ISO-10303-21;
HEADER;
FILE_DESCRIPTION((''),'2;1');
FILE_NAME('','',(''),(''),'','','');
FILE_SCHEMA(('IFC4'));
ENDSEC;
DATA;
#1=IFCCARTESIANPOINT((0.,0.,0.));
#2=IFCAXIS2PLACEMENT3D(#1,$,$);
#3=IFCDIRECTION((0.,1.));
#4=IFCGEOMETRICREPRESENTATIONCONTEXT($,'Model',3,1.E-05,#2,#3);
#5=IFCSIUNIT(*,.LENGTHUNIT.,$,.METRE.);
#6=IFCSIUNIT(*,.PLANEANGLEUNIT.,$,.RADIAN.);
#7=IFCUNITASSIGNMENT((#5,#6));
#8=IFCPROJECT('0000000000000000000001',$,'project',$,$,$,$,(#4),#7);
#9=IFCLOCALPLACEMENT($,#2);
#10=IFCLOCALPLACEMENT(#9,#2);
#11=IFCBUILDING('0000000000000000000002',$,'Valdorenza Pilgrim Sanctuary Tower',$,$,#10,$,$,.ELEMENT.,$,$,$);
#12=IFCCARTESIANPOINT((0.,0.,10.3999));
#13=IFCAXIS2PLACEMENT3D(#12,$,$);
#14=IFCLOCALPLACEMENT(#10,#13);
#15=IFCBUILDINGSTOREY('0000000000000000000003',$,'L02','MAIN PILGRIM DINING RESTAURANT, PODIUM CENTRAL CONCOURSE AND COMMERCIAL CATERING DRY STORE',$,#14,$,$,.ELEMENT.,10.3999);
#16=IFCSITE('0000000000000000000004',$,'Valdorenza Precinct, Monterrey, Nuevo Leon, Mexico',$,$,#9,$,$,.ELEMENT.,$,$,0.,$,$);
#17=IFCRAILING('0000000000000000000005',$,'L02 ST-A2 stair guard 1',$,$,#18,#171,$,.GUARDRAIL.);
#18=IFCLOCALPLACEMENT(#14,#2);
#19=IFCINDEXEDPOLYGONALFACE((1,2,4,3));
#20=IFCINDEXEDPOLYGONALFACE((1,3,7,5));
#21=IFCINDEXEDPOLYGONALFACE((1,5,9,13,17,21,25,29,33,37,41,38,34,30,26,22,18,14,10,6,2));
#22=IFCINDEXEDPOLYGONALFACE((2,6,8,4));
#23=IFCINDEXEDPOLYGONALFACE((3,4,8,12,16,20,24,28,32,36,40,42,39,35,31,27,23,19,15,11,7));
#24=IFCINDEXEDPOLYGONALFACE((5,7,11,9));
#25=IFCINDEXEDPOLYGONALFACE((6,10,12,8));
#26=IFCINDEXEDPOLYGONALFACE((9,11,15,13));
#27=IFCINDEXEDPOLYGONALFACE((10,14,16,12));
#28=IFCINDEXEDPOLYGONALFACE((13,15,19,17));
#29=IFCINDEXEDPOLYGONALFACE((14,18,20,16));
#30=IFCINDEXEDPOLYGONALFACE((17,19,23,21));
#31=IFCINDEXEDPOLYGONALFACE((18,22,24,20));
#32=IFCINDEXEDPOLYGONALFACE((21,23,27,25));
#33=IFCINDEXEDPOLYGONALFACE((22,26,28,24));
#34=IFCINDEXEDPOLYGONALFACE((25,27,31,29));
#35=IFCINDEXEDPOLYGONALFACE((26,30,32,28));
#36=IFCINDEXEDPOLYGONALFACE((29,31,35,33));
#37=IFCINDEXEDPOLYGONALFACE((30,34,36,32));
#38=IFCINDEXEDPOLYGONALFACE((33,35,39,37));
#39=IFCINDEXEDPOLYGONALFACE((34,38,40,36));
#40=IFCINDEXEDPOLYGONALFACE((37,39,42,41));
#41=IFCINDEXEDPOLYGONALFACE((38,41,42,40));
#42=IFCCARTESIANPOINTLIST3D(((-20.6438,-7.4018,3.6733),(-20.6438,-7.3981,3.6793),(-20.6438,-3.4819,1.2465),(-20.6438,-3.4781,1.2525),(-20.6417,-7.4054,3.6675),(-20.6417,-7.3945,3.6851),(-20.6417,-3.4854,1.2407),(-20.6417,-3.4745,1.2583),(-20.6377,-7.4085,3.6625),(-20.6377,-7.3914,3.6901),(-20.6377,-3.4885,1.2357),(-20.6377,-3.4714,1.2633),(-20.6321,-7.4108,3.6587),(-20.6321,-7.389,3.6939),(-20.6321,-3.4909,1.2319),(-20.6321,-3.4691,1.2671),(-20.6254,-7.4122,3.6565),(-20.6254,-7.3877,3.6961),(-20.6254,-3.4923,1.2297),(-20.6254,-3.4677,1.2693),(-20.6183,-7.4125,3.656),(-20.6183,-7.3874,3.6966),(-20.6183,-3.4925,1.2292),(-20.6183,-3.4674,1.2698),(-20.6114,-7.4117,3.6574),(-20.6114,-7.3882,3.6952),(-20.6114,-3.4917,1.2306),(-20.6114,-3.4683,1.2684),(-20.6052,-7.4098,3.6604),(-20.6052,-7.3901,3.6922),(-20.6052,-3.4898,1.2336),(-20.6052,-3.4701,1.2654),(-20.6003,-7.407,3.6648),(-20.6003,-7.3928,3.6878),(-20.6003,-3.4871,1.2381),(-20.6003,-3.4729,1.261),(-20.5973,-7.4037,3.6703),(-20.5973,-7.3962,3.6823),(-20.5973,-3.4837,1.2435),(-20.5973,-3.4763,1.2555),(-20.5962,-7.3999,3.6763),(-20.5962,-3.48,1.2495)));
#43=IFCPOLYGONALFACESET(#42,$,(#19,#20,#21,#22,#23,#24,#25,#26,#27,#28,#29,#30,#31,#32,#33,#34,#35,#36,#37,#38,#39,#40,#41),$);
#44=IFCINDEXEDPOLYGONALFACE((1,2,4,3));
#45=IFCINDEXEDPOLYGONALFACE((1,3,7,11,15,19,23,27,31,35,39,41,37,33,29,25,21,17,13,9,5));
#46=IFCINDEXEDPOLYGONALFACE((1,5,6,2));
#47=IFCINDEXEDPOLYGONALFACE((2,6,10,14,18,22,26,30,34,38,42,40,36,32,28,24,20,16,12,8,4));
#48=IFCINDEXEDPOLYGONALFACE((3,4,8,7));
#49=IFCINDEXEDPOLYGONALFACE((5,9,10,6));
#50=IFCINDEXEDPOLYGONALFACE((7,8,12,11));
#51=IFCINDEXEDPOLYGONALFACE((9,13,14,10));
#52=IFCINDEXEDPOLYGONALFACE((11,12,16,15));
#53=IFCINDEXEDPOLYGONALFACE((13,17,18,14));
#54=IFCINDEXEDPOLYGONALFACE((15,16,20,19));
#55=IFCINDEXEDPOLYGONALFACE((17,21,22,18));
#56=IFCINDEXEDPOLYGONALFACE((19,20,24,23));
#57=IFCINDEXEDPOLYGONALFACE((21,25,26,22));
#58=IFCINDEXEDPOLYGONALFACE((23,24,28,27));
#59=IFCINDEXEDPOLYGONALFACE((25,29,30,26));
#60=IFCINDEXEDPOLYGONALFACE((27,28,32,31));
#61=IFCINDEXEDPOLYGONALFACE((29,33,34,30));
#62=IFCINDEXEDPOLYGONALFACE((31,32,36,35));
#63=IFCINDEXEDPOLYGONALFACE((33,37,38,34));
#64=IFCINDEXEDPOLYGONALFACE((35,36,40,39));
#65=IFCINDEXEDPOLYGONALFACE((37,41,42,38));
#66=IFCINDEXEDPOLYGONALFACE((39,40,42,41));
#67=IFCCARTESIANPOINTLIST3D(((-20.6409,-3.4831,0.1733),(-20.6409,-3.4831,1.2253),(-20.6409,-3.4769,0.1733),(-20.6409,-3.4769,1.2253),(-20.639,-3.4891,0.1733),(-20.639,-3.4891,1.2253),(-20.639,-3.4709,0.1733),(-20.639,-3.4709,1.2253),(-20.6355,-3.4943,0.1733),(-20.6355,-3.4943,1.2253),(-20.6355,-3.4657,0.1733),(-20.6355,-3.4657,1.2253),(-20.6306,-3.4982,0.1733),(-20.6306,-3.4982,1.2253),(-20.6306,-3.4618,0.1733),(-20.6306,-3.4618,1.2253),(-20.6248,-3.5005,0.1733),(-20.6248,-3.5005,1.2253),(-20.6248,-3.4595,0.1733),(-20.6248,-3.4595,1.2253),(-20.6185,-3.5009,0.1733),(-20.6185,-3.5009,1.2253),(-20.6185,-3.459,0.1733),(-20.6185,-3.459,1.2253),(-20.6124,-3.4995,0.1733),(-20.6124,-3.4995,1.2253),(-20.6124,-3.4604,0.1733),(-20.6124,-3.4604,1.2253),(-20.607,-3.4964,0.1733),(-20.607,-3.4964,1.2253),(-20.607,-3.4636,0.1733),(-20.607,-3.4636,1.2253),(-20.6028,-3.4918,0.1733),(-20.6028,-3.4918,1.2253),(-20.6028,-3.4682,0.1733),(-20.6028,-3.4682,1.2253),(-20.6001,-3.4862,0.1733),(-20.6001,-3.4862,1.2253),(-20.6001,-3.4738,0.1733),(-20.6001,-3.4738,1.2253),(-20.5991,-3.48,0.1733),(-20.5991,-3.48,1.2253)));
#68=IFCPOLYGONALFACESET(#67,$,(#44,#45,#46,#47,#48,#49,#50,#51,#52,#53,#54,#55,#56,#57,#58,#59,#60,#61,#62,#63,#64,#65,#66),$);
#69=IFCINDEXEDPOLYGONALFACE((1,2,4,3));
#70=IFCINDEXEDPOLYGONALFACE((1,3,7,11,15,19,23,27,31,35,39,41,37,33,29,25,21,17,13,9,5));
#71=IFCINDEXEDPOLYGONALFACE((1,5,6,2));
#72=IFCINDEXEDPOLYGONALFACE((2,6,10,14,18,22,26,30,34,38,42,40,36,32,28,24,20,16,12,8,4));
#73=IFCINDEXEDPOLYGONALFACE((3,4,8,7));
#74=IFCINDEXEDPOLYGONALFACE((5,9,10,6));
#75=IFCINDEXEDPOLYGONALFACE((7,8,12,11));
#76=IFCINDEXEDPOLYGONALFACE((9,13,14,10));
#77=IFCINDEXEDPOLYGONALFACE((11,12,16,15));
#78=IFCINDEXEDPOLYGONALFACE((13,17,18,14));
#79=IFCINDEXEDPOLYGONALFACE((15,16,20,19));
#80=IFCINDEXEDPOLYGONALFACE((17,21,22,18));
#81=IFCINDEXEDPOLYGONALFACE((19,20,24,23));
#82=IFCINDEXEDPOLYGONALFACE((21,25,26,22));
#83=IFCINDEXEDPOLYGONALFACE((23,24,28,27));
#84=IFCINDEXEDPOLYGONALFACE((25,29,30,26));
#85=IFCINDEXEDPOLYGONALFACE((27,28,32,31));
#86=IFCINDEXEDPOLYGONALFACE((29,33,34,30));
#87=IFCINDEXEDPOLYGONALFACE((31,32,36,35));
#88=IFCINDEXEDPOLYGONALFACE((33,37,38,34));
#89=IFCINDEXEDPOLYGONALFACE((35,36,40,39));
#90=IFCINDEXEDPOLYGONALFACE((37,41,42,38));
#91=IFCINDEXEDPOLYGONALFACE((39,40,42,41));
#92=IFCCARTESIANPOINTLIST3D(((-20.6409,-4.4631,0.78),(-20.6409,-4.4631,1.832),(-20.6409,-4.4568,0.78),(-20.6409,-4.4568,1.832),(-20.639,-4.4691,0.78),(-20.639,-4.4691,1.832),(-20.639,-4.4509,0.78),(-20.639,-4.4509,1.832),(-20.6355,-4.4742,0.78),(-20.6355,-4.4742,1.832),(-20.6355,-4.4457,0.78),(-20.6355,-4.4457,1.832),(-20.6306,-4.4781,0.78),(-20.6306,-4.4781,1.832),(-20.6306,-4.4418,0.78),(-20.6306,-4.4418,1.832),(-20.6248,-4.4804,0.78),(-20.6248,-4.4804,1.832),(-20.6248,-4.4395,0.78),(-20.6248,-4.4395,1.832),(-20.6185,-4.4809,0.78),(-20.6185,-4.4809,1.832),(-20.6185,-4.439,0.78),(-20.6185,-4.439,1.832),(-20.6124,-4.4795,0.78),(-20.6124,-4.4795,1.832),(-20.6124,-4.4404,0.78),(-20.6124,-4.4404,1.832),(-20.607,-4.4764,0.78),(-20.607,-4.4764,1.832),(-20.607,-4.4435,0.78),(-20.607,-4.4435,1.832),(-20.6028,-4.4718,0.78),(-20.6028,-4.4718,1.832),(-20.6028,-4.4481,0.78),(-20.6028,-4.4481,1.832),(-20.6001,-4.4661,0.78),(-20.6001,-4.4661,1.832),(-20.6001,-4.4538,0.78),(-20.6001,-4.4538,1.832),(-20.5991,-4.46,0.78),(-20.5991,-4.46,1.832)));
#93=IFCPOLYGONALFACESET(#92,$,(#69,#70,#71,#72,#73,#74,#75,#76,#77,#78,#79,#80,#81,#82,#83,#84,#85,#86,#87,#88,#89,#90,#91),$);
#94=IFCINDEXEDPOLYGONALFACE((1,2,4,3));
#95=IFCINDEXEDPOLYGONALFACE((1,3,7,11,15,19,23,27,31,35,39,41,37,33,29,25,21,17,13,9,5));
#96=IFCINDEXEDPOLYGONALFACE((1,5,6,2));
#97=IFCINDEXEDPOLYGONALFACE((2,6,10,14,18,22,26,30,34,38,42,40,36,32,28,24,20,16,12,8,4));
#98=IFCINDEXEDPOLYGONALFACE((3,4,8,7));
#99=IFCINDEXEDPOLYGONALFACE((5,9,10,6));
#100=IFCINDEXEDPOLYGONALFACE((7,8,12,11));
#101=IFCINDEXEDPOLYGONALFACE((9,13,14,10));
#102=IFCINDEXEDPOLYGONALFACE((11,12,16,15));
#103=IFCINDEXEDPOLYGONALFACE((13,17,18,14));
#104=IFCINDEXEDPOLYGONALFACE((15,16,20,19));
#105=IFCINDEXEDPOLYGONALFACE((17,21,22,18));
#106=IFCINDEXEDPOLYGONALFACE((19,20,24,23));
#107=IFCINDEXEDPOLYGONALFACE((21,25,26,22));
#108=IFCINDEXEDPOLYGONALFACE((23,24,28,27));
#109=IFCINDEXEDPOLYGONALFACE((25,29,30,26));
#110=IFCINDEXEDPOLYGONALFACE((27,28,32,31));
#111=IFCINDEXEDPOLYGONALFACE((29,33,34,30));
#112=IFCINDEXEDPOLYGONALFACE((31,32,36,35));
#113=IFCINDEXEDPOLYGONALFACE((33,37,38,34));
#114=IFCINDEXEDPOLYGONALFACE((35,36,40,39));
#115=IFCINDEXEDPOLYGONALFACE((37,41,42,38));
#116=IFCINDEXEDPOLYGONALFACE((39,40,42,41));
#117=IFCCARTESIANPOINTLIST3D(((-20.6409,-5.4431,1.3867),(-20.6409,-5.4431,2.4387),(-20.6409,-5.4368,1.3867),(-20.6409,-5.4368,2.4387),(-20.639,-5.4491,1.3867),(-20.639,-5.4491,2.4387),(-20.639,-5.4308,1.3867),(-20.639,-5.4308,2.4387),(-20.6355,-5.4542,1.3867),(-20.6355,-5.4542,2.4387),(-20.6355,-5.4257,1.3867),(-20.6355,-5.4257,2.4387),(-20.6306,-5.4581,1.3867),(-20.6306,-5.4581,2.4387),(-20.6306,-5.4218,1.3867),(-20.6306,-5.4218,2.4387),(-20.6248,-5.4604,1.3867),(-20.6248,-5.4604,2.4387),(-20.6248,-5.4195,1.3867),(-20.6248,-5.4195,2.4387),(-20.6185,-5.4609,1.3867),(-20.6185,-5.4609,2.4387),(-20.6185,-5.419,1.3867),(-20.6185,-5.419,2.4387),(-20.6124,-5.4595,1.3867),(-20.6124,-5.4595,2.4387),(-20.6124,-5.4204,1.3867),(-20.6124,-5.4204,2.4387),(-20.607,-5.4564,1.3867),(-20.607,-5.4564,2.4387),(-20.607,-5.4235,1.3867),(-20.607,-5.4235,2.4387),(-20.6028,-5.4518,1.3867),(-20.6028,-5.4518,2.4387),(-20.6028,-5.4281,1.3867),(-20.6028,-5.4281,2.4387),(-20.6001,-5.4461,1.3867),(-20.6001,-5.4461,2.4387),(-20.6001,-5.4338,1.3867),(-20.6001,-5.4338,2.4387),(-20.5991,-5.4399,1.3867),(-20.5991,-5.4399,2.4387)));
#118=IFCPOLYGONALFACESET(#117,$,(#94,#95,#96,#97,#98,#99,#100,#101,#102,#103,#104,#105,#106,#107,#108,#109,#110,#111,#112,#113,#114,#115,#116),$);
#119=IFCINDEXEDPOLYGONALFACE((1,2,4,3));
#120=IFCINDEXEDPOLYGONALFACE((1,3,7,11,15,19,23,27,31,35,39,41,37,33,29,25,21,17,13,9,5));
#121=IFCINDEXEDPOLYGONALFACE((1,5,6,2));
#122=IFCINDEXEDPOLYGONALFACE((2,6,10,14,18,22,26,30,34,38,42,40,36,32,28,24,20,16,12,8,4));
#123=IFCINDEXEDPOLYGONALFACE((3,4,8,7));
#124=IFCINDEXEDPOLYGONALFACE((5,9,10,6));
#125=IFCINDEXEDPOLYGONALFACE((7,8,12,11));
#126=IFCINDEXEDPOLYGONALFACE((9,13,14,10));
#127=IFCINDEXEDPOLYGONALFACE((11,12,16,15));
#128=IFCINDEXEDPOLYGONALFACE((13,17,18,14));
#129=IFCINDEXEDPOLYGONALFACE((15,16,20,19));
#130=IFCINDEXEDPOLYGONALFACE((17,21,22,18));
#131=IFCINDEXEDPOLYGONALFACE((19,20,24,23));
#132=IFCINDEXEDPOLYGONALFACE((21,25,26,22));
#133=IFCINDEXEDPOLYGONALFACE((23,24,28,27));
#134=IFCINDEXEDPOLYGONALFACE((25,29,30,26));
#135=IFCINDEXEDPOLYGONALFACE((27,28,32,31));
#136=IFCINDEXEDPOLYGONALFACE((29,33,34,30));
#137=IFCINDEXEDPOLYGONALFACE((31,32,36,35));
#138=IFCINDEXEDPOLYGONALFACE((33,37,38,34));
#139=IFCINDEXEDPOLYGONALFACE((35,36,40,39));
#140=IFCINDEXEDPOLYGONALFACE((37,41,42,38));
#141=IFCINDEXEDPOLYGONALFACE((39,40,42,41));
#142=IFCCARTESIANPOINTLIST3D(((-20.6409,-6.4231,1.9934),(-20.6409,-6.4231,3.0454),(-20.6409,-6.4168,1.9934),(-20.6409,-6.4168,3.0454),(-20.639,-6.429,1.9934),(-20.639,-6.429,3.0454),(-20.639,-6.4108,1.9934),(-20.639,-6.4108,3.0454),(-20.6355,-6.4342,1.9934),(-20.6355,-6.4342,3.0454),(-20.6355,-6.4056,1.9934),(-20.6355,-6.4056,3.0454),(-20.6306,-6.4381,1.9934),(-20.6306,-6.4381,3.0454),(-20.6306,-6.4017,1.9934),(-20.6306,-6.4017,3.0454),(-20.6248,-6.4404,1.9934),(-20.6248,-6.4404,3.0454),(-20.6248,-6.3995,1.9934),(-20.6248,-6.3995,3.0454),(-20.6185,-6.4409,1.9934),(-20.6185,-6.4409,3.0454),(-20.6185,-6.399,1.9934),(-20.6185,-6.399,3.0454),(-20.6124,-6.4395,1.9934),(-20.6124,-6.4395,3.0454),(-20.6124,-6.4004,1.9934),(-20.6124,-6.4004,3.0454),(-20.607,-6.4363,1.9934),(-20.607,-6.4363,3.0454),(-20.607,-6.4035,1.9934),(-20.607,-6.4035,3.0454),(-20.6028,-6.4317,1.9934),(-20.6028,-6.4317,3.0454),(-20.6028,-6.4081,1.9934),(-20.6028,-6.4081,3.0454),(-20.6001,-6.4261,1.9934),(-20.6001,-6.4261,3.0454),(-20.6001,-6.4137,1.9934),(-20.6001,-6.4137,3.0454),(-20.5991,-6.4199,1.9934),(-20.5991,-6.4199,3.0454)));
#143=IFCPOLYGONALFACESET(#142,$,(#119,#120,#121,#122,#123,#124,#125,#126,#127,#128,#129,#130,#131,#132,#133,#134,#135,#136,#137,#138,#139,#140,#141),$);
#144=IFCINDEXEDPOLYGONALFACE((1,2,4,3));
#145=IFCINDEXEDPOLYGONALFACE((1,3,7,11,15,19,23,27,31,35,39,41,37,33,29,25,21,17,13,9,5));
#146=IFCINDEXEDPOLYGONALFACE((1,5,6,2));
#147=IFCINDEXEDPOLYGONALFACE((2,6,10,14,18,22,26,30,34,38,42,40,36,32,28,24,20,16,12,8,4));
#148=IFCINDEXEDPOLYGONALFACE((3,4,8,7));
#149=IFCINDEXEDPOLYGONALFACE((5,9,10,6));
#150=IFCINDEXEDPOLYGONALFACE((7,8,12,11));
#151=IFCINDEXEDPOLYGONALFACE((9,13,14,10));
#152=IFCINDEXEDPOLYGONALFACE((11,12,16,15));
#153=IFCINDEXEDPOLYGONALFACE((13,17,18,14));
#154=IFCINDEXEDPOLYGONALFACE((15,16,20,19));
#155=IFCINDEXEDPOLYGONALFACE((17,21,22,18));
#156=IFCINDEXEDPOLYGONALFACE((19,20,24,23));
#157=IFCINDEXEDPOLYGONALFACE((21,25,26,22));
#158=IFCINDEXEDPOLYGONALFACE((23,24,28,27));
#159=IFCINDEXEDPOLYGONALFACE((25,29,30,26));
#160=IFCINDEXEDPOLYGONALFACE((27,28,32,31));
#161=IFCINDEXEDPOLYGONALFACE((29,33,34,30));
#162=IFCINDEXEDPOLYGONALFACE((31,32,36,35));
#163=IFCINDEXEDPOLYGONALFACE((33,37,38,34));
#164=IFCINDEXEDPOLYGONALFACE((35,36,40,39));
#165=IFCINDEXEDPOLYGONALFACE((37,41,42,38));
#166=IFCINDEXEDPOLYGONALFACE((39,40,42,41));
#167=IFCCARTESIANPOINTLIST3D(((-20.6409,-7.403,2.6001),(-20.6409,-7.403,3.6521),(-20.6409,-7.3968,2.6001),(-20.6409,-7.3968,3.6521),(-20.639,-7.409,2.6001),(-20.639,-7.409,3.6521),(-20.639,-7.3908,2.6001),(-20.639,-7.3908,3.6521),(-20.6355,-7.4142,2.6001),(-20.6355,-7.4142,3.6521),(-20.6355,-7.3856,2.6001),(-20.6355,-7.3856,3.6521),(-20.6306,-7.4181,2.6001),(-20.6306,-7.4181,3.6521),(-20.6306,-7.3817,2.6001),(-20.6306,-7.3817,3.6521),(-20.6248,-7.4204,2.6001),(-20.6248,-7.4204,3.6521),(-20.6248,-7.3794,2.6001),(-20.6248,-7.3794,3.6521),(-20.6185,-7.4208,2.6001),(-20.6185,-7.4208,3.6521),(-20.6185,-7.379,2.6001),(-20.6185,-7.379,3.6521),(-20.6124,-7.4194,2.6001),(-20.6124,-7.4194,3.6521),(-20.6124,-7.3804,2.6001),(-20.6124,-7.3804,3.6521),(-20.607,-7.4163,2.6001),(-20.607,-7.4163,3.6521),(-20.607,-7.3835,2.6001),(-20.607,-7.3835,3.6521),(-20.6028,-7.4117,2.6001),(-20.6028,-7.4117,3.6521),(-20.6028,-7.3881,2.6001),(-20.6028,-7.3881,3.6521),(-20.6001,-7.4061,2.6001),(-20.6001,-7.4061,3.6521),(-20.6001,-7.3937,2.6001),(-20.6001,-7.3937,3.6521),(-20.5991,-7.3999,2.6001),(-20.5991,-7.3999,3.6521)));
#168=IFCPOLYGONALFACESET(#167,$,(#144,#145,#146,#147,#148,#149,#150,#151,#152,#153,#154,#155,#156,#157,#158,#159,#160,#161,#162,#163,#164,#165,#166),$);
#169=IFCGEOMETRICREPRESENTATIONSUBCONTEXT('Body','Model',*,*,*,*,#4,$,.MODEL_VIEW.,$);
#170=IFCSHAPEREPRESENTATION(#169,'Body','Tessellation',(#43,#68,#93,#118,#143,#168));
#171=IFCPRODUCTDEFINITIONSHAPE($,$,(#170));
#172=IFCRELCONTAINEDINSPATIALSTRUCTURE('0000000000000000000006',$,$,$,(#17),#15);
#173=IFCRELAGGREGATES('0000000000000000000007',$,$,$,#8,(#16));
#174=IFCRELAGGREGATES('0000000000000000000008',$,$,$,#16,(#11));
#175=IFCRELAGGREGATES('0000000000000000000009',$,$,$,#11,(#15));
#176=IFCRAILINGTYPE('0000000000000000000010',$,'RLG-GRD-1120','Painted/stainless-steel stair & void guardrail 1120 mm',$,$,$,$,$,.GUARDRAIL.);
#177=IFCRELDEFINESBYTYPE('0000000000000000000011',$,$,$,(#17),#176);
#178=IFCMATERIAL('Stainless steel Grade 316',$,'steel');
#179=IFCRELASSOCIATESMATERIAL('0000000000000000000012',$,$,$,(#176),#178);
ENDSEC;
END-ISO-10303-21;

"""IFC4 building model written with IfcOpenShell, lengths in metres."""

from ifc_helpers import new_model, si_unit, direction, frame, origin, origin_2d, place, context, subcontext, project, spatial, circle, extrude, material, type_object, element, save


model = new_model("IFC4")

# Units and contexts
model_context = context("Model", 3, precision=1e-05, world=origin(), true_north=direction((0.0, 1.0)))
body_context = subcontext(model_context, "Body", "Model", "MODEL_VIEW")
ifc_project = project(units=[si_unit("LENGTHUNIT", "METRE"), si_unit("PLANEANGLEUNIT", "RADIAN")], contexts=[model_context])

# Site, building, storey
site_placement = place(None, origin())
site = spatial("IfcSite", under=ifc_project, at=site_placement, Name="Valdorenza Precinct, Monterrey, Nuevo Leon, Mexico", CompositionType="ELEMENT", RefElevation=0.0)
building_placement = place(site_placement, origin())
building = spatial("IfcBuilding", under=site, at=building_placement, Name="Valdorenza Pilgrim Sanctuary Tower", CompositionType="ELEMENT")
storey_placement = place(building_placement, frame((0.0, 0.0, 10.3999)))
storey = spatial("IfcBuildingStorey", under=building, at=storey_placement, Name="L02", Description="MAIN PILGRIM DINING RESTAURANT, PODIUM CENTRAL CONCOURSE AND COMMERCIAL CATERING DRY STORE", CompositionType="ELEMENT", Elevation=10.3999)

# Railing
ifc_material_1 = material(Name="Stainless steel Grade 316", Category="steel")
railing_type_1 = type_object("IfcRailingType", Name="RLG-GRD-1120", Description="Painted/stainless-steel stair & void guardrail 1120 mm", PredefinedType="GUARDRAIL", material=ifc_material_1)
railing_1_placement = place(storey_placement, frame((-20.6201, -3.48, 0.1733)))
element("IfcRailing", 1, at=railing_1_placement, inside=storey, type_object=railing_type_1, Name="L02 ST-A2 stair guard 1", PredefinedType="GUARDRAIL", context=body_context, shape_type="SweptSolid", body=[
    extrude(circle(Radius=0.0239, at=origin_2d()), frame((0.0, 0.0, 1.0762), z_axis=(0.0, -0.850252, 0.526376), x_axis=(1.0, 0.0, 0.0)), (0.0, 0.0, 1.0), 4.6104),
    extrude(circle(Radius=0.021, at=origin_2d()), origin(), (0.0, 0.0, 1.0), 1.052),
    extrude(circle(Radius=0.021, at=origin_2d()), frame((0.0, -0.98, 0.6067)), (0.0, 0.0, 1.0), 1.052),
    extrude(circle(Radius=0.021, at=origin_2d()), frame((0.0, -1.96, 1.2134)), (0.0, 0.0, 1.0), 1.052),
    extrude(circle(Radius=0.021, at=origin_2d()), frame((0.0, -2.9399, 1.8201)), (0.0, 0.0, 1.0), 1.052),
    extrude(circle(Radius=0.021, at=origin_2d()), frame((0.0, -3.9199, 2.4268)), (0.0, 0.0, 1.0), 1.052),
])

save(model, "model.ifc")
